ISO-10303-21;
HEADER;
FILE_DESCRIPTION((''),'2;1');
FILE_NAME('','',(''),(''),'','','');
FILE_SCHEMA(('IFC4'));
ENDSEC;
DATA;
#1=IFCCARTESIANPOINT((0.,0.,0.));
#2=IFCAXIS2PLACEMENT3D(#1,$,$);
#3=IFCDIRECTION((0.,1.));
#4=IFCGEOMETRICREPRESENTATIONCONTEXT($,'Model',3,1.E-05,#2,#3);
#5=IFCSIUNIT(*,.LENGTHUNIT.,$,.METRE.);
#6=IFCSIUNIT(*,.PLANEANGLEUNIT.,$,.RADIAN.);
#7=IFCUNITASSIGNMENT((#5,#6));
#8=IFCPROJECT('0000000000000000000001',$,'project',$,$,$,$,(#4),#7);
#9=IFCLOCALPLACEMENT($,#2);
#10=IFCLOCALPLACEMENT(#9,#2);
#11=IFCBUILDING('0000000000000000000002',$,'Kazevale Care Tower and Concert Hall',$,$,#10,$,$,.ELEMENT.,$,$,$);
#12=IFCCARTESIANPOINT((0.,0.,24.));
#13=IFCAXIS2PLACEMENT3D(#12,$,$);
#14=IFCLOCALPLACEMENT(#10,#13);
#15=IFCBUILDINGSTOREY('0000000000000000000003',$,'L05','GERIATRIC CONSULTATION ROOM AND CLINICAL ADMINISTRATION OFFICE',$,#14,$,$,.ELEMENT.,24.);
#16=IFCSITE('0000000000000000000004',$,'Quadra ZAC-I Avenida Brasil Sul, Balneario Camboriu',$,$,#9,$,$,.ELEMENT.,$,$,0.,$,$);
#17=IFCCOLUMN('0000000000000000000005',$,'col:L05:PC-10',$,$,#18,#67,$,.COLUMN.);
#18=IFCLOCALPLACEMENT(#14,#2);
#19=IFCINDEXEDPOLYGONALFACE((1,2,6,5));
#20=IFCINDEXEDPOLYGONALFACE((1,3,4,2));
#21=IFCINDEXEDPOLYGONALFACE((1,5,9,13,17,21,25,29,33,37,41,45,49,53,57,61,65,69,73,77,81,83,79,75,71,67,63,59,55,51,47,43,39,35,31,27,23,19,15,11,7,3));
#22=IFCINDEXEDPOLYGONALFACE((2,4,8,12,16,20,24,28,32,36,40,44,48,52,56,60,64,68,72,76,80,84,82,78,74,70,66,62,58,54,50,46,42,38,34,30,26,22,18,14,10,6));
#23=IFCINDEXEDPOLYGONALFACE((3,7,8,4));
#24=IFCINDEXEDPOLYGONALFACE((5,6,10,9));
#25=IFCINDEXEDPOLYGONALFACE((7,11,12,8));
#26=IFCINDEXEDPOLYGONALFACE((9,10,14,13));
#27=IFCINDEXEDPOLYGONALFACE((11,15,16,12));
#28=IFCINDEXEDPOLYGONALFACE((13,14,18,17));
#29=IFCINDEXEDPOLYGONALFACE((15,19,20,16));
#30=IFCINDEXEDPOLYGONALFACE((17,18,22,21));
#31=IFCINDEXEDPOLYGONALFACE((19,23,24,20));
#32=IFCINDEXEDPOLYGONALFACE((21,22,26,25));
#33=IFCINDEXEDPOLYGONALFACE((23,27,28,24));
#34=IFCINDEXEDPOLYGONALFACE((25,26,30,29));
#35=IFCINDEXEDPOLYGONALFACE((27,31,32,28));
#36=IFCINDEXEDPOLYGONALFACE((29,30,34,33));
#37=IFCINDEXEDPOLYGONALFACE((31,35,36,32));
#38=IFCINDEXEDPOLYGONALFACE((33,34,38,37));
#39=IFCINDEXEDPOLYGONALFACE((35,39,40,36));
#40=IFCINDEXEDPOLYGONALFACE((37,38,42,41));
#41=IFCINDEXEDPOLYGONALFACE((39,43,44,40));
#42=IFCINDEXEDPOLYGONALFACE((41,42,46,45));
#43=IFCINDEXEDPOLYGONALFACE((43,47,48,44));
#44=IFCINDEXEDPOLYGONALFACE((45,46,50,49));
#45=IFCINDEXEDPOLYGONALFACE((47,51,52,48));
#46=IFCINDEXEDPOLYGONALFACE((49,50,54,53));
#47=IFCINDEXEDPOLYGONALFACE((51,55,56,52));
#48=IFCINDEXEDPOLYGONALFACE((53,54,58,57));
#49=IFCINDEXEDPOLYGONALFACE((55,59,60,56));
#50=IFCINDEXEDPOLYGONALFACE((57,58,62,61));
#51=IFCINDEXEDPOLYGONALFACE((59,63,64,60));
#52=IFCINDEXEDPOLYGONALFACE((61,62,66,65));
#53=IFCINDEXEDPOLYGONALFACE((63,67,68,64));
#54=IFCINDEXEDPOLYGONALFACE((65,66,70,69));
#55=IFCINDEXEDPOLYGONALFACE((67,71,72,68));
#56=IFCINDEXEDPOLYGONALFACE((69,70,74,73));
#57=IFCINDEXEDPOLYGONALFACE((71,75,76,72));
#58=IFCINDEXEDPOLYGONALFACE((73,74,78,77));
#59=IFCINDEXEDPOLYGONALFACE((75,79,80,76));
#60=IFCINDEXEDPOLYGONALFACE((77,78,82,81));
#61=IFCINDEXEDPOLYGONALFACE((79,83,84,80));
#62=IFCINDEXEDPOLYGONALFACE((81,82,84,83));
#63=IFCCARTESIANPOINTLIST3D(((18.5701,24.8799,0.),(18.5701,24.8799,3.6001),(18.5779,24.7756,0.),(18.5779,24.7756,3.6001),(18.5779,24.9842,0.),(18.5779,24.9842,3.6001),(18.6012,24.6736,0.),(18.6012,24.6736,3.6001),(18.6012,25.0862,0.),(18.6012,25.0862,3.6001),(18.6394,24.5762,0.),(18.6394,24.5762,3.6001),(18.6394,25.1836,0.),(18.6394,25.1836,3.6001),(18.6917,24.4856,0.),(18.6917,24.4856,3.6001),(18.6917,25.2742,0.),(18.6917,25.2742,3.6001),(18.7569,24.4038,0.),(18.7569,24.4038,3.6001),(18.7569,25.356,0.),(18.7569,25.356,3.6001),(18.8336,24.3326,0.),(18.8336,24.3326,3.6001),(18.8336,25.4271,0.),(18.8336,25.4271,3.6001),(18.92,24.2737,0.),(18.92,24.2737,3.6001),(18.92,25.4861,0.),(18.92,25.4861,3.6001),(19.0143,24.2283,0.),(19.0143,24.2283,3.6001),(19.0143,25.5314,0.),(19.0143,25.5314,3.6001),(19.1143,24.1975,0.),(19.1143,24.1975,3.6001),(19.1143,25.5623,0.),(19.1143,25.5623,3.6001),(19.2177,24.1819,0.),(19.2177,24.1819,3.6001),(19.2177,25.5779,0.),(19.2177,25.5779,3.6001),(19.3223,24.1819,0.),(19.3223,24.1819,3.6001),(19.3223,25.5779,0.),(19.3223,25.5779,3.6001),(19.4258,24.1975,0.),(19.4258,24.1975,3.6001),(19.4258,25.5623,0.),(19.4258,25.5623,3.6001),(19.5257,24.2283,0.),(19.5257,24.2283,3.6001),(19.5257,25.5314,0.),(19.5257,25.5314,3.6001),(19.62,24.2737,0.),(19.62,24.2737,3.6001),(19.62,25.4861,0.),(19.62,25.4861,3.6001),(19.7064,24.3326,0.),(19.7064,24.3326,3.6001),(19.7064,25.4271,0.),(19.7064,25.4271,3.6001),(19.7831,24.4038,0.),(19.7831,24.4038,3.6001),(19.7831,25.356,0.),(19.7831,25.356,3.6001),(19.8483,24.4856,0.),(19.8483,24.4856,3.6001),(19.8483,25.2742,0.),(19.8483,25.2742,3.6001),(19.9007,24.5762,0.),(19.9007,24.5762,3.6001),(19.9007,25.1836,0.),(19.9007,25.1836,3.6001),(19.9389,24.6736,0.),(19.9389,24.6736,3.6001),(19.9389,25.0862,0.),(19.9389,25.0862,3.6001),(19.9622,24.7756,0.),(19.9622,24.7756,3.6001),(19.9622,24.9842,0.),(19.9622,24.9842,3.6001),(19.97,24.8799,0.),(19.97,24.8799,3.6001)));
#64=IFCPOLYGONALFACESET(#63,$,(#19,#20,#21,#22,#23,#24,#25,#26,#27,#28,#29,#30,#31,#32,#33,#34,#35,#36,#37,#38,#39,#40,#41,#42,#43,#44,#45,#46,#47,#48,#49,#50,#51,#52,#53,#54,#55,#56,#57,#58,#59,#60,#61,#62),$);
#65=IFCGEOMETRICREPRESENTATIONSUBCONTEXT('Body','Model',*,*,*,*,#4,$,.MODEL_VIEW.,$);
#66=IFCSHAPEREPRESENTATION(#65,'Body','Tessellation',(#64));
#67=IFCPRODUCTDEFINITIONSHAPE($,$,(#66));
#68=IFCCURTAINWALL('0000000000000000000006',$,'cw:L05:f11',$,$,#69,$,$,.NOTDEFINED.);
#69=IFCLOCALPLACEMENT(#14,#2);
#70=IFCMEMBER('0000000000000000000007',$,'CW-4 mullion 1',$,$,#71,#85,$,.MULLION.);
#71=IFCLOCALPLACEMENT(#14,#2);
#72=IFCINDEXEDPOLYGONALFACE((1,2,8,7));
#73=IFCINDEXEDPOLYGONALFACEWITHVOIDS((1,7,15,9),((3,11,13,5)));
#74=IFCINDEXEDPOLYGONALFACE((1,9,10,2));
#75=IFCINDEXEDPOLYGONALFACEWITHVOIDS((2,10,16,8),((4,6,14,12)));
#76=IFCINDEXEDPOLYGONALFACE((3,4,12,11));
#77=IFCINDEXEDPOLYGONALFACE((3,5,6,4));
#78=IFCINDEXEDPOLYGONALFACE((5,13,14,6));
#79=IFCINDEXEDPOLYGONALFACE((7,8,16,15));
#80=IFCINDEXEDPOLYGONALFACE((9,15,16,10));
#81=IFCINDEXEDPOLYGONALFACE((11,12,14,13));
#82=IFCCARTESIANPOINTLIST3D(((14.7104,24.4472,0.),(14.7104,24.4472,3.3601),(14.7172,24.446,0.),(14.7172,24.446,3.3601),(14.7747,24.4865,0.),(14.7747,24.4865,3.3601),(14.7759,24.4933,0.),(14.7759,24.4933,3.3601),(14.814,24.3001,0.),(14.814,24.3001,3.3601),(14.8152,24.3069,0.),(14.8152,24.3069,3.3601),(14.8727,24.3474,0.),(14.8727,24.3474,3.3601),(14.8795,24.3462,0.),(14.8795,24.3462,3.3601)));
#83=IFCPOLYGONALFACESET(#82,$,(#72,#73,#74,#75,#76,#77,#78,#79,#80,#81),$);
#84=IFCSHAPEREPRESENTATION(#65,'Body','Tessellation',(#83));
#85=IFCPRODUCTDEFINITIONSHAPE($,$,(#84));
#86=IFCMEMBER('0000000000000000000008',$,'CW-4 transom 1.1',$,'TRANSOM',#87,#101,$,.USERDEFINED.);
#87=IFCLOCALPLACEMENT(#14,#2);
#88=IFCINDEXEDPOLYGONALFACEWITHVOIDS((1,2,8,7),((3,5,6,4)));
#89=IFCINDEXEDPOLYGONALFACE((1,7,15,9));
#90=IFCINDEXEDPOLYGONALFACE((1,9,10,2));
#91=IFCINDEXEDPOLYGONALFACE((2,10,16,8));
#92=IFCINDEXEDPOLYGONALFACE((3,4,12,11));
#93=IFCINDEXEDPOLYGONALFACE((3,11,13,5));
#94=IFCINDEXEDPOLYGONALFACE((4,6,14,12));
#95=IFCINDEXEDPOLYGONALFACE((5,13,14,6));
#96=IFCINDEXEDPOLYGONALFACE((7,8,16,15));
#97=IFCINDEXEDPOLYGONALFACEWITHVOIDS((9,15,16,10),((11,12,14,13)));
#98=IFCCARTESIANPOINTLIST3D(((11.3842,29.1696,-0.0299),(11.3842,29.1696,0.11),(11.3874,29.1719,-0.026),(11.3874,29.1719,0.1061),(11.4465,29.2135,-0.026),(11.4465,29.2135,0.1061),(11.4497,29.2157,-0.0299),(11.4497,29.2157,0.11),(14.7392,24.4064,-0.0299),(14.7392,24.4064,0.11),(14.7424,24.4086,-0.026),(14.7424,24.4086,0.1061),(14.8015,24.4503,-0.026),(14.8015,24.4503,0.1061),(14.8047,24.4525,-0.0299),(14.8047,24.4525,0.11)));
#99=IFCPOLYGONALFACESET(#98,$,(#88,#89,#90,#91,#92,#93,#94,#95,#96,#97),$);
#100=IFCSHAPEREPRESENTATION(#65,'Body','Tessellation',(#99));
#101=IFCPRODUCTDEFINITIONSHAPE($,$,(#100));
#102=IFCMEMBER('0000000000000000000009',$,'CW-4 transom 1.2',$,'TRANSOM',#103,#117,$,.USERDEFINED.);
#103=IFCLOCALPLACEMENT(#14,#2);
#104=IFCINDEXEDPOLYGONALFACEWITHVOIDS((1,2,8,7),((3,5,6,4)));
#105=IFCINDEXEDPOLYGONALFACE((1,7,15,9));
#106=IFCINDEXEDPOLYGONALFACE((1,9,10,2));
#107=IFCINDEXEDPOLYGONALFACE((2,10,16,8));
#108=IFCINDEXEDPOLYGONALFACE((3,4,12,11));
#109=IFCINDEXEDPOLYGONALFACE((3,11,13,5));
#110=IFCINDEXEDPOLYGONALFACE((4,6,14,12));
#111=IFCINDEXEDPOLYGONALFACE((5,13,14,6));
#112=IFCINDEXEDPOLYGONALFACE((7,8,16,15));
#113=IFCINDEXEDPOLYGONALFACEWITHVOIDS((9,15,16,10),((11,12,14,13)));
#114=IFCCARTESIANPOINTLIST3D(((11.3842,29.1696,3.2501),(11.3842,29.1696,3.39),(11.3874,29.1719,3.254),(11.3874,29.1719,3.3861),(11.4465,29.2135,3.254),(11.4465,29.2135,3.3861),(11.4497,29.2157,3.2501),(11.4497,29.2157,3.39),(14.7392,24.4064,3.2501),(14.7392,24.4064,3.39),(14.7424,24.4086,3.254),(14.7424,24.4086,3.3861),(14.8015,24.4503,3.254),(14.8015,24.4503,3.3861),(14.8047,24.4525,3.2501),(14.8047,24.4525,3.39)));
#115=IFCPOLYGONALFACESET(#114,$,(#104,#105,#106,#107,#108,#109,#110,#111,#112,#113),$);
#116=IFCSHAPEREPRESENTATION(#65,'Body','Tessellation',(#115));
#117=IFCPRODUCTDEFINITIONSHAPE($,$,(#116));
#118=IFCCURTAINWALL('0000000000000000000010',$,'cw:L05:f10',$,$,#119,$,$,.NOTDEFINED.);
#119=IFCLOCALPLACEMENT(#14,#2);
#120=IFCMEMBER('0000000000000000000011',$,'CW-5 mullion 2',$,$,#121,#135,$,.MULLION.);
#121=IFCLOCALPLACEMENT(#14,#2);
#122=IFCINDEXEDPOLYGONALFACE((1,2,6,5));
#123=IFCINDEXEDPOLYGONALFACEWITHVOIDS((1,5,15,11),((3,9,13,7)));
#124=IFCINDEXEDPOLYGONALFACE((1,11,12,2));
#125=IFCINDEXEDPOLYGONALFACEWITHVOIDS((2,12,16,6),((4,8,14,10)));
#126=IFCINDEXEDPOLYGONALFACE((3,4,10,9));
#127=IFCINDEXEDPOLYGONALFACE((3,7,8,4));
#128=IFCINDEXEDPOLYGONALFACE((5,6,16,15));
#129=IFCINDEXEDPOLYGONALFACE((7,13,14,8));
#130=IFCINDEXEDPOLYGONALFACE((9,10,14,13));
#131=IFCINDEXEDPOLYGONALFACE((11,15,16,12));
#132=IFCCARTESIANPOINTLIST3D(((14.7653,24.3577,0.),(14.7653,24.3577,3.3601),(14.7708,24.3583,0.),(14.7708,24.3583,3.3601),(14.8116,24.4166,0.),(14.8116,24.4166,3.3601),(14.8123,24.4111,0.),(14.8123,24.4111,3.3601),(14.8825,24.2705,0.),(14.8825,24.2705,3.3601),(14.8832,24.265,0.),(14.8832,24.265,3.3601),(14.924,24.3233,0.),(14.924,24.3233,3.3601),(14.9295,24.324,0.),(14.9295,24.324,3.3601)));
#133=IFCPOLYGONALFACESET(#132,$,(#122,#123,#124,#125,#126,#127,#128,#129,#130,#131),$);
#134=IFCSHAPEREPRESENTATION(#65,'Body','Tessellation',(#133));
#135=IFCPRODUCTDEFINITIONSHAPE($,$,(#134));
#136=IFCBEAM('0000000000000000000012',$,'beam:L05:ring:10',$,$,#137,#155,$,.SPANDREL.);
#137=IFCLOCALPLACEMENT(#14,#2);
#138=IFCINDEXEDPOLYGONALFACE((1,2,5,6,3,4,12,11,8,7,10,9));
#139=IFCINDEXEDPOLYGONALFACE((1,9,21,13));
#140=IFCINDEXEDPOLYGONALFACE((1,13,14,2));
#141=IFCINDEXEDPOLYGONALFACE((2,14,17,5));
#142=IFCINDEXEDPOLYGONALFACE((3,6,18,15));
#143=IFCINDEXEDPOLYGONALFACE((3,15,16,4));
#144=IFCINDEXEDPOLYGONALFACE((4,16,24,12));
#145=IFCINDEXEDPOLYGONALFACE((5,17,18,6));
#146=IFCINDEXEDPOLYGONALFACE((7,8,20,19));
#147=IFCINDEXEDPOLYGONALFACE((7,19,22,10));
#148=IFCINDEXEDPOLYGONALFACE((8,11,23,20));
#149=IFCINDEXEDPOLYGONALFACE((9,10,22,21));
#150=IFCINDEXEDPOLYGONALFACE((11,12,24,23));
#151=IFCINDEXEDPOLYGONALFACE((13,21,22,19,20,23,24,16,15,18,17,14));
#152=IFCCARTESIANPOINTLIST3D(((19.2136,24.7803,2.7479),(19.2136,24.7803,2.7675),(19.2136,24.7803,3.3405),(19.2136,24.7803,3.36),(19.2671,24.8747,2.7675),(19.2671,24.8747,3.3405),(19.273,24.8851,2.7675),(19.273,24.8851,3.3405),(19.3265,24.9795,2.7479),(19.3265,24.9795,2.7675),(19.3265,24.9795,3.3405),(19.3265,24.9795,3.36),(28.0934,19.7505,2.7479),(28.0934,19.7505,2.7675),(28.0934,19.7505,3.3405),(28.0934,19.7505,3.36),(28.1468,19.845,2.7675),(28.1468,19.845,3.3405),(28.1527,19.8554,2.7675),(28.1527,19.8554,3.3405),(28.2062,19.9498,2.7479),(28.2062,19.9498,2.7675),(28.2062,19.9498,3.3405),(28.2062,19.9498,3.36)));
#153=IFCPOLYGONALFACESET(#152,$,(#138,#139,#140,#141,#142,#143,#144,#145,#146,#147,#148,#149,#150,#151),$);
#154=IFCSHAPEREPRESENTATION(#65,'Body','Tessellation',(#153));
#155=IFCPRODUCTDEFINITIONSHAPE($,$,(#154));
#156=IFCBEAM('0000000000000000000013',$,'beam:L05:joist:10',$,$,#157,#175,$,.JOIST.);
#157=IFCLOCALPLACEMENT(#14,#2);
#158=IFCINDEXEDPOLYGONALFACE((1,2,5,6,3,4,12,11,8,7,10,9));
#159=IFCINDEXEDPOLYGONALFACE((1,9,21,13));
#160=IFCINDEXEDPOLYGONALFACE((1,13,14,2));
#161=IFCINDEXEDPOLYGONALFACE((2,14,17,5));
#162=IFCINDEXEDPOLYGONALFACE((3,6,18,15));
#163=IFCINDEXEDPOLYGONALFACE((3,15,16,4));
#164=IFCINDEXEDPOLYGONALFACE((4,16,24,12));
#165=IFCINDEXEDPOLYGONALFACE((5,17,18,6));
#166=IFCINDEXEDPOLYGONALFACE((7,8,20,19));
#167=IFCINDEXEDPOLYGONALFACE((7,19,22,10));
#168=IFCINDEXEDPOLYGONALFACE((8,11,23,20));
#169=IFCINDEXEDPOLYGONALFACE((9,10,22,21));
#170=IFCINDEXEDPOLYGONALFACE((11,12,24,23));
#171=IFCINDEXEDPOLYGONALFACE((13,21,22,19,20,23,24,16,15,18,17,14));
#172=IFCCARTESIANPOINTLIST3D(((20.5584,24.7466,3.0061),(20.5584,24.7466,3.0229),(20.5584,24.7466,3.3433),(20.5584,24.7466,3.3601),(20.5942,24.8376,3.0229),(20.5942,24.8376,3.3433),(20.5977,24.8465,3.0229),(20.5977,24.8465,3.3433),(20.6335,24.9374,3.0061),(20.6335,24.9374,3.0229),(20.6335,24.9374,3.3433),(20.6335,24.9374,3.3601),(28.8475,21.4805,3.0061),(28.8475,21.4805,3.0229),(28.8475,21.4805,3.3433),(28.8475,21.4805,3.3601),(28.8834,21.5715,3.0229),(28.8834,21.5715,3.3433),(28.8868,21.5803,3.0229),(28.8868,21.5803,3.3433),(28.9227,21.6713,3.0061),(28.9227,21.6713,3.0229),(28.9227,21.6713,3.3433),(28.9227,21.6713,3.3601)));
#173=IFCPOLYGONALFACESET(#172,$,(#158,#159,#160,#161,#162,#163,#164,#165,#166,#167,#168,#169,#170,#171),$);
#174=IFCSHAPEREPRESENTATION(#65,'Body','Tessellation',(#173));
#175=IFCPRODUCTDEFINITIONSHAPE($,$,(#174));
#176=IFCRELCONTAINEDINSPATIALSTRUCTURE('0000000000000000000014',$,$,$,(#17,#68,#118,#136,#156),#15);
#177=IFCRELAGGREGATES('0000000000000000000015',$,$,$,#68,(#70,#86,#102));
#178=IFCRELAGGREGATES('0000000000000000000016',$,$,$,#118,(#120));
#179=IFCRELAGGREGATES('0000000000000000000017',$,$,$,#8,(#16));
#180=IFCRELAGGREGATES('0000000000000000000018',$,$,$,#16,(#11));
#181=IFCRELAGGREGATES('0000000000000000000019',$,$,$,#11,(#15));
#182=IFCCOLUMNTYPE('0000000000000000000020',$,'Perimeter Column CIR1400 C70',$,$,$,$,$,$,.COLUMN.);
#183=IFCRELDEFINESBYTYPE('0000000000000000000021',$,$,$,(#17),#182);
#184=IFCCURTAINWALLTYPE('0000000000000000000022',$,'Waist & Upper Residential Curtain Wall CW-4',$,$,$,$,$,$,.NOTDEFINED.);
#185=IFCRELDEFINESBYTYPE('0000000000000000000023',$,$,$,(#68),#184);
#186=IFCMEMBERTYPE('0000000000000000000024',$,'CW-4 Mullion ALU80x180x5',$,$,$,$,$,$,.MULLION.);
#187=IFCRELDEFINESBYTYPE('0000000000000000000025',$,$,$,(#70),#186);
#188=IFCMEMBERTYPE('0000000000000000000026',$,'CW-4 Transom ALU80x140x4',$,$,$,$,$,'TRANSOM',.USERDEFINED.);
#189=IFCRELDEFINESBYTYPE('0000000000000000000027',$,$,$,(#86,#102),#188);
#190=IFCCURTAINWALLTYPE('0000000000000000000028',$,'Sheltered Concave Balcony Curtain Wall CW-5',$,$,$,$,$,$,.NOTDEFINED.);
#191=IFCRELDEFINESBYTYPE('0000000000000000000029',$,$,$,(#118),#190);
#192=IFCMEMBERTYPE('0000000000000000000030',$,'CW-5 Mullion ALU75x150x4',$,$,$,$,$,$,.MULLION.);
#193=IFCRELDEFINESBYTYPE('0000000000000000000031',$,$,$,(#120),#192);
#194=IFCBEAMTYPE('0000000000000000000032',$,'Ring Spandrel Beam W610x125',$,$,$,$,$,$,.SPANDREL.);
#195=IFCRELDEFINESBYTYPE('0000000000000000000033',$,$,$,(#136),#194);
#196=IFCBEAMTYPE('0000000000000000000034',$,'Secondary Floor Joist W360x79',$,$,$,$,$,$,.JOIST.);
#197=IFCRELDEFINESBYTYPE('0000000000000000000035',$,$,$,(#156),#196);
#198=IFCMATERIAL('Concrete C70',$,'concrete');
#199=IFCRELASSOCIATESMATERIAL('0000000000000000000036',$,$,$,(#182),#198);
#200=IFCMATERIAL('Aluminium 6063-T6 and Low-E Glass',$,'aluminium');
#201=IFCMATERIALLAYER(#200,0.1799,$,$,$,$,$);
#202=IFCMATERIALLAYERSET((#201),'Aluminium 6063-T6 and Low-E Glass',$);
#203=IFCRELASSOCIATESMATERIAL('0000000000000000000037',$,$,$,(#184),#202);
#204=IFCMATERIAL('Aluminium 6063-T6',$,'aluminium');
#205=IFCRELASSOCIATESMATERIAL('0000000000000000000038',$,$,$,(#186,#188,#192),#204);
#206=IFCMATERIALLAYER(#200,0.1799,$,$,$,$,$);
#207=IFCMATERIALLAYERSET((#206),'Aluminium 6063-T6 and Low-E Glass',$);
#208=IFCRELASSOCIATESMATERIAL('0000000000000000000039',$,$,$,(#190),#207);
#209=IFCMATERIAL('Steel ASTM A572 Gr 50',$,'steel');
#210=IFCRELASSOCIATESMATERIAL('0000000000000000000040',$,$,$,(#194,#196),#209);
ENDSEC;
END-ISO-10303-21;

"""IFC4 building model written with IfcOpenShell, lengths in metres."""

from ifc_helpers import new_model, si_unit, direction, frame, origin, origin_2d, place, context, subcontext, project, spatial, hollow_rectangle, circle, i_section, extrude, material, layer, layer_set, material_profile, profile_set, type_object, element, aggregate, save


model = new_model("IFC4")

# Units and contexts
model_context = context("Model", 3, precision=1e-05, world=origin(), true_north=direction((0.0, 1.0)))
body_context = subcontext(model_context, "Body", "Model", "MODEL_VIEW")
ifc_project = project(units=[si_unit("LENGTHUNIT", "METRE"), si_unit("PLANEANGLEUNIT", "RADIAN")], contexts=[model_context])

# Site, building, storey
site_placement = place(None, origin())
site = spatial("IfcSite", under=ifc_project, at=site_placement, Name="Quadra ZAC-I Avenida Brasil Sul, Balneario Camboriu", CompositionType="ELEMENT", RefElevation=0.0)
building_placement = place(site_placement, origin())
building = spatial("IfcBuilding", under=site, at=building_placement, Name="Kazevale Care Tower and Concert Hall", CompositionType="ELEMENT")
storey_placement = place(building_placement, frame((0.0, 0.0, 24.0)))
storey = spatial("IfcBuildingStorey", under=building, at=storey_placement, Name="L05", Description="GERIATRIC CONSULTATION ROOM AND CLINICAL ADMINISTRATION OFFICE", CompositionType="ELEMENT", Elevation=24.0)

# Column
ifc_material_1 = material(Name="Concrete C70", Category="concrete")
ifc_material_profile_1 = material_profile(ifc_material_1, circle(Radius=0.7, at=origin_2d()), Name="RC-CIR1400")
ifc_profile_set_1 = profile_set([ifc_material_profile_1], Name="Concrete C70")
column_type = type_object("IfcColumnType", Name="Perimeter Column CIR1400 C70", PredefinedType="COLUMN", material=ifc_profile_set_1)
column_placement = place(storey_placement, frame((19.27, 24.8799, 0.0), z_axis=(0.0, 0.0, 1.0), x_axis=(1.0, 0.0, 0.0)))
element("IfcColumn", 1, at=column_placement, inside=storey, type_object=column_type, Name="col:L05:PC-10", PredefinedType="COLUMN", context=body_context, shape_type="SweptSolid", body=[
    extrude(circle(Radius=0.7, at=origin_2d()), origin(), (0.0, 0.0, 1.0), 3.6001),
])

# Curtain wall, members
ifc_material_2 = material(Name="Aluminium 6063-T6 and Low-E Glass", Category="aluminium")
ifc_layer_1 = layer(ifc_material_2, 0.1799)
ifc_layer_set_1 = layer_set([ifc_layer_1], Name="Aluminium 6063-T6 and Low-E Glass")
curtain_wall_type_1 = type_object("IfcCurtainWallType", Name="Waist & Upper Residential Curtain Wall CW-4", PredefinedType="NOTDEFINED", material=ifc_layer_set_1)
curtain_wall_1_placement = place(storey_placement, origin())
curtain_wall_1 = element("IfcCurtainWall", 2, at=curtain_wall_1_placement, inside=storey, type_object=curtain_wall_type_1, Name="cw:L05:f11", PredefinedType="NOTDEFINED")
ifc_material_3 = material(Name="Aluminium 6063-T6", Category="aluminium")
ifc_material_profile_2 = material_profile(ifc_material_3, hollow_rectangle(XDim=0.0801, YDim=0.1799, WallThickness=0.0049, at=origin_2d()), Name="ALU80x180x5")
ifc_profile_set_2 = profile_set([ifc_material_profile_2], Name="Aluminium 6063-T6")
member_type_1 = type_object("IfcMemberType", Name="CW-4 Mullion ALU80x180x5", PredefinedType="MULLION", material=ifc_profile_set_2)
member_1_placement = place(storey_placement, frame((14.7949, 24.3967, 0.0), z_axis=(0.0, 0.0, 1.0), x_axis=(-0.817565, -0.575837, 0.0)))
member_1 = element("IfcMember", 3, at=member_1_placement, type_object=member_type_1, Name="CW-4 mullion 1", PredefinedType="MULLION", context=body_context, shape_type="SweptSolid", body=[
    extrude(hollow_rectangle(XDim=0.0801, YDim=0.1799, WallThickness=0.0049, at=origin_2d()), origin(), (0.0, 0.0, 1.0), 3.3601),
])
ifc_material_profile_3 = material_profile(ifc_material_3, hollow_rectangle(XDim=0.0801, YDim=0.1399, WallThickness=0.0039, at=origin_2d()), Name="ALU80x140x4")
ifc_profile_set_3 = profile_set([ifc_material_profile_3], Name="Aluminium 6063-T6")
member_type_2 = type_object("IfcMemberType", Name="CW-4 Transom ALU80x140x4", ElementType="TRANSOM", PredefinedType="USERDEFINED", material=ifc_profile_set_3)
member_2_placement = place(storey_placement, frame((14.772, 24.4294, 0.04), z_axis=(-0.57585, 0.817555, 0.0), x_axis=(-0.817555, -0.57585, 0.0)))
member_2 = element("IfcMember", 4, at=member_2_placement, type_object=member_type_2, Name="CW-4 transom 1.1", ObjectType="TRANSOM", PredefinedType="USERDEFINED", context=body_context, shape_type="SweptSolid", body=[
    extrude(hollow_rectangle(XDim=0.0801, YDim=0.1399, WallThickness=0.0039, at=origin_2d()), origin(), (0.0, 0.0, 1.0), 5.8262),
])
member_3_placement = place(storey_placement, frame((14.772, 24.4294, 3.3201), z_axis=(-0.57585, 0.817555, 0.0), x_axis=(-0.817555, -0.57585, 0.0)))
member_3 = element("IfcMember", 5, at=member_3_placement, type_object=member_type_2, Name="CW-4 transom 1.2", ObjectType="TRANSOM", PredefinedType="USERDEFINED", context=body_context, shape_type="SweptSolid", body=[
    extrude(hollow_rectangle(XDim=0.0801, YDim=0.1399, WallThickness=0.0039, at=origin_2d()), origin(), (0.0, 0.0, 1.0), 5.8262),
])

# Curtain wall, member
ifc_layer_2 = layer(ifc_material_2, 0.1799)
ifc_layer_set_2 = layer_set([ifc_layer_2], Name="Aluminium 6063-T6 and Low-E Glass")
curtain_wall_type_2 = type_object("IfcCurtainWallType", Name="Sheltered Concave Balcony Curtain Wall CW-5", PredefinedType="NOTDEFINED", material=ifc_layer_set_2)
curtain_wall_2_placement = place(storey_placement, origin())
curtain_wall_2 = element("IfcCurtainWall", 6, at=curtain_wall_2_placement, inside=storey, type_object=curtain_wall_type_2, Name="cw:L05:f10", PredefinedType="NOTDEFINED")
ifc_material_profile_4 = material_profile(ifc_material_3, hollow_rectangle(XDim=0.075, YDim=0.1499, WallThickness=0.0039, at=origin_2d()), Name="ALU75x150x4")
ifc_profile_set_4 = profile_set([ifc_material_profile_4], Name="Aluminium 6063-T6")
member_type_3 = type_object("IfcMemberType", Name="CW-5 Mullion ALU75x150x4", PredefinedType="MULLION", material=ifc_profile_set_4)
member_4_placement = place(storey_placement, frame((14.8474, 24.3408, 0.0), z_axis=(0.0, 0.0, 1.0), x_axis=(-0.617808, -0.786329, 0.0)))
member_4 = element("IfcMember", 7, at=member_4_placement, type_object=member_type_3, Name="CW-5 mullion 2", PredefinedType="MULLION", context=body_context, shape_type="SweptSolid", body=[
    extrude(hollow_rectangle(XDim=0.075, YDim=0.1499, WallThickness=0.0039, at=origin_2d()), origin(), (0.0, 0.0, 1.0), 3.3601),
])

# Beams
ifc_material_4 = material(Name="Steel ASTM A572 Gr 50", Category="steel")
ifc_material_profile_5 = material_profile(ifc_material_4, i_section(OverallWidth=0.229, OverallDepth=0.6121, WebThickness=0.012, FlangeThickness=0.0195, at=origin_2d()), Name="W610x125")
ifc_profile_set_5 = profile_set([ifc_material_profile_5], Name="Steel ASTM A572 Gr 50")
beam_type_1 = type_object("IfcBeamType", Name="Ring Spandrel Beam W610x125", PredefinedType="SPANDREL", material=ifc_profile_set_5)
beam_1_placement = place(storey_placement, frame((19.27, 24.8799, 3.054), z_axis=(0.870112, -0.492853, 0.0), x_axis=(0.492853, 0.870112, 0.0)))
element("IfcBeam", 8, at=beam_1_placement, inside=storey, type_object=beam_type_1, Name="beam:L05:ring:10", PredefinedType="SPANDREL", context=body_context, shape_type="SweptSolid", body=[
    extrude(i_section(OverallWidth=0.229, OverallDepth=0.6121, WebThickness=0.012, FlangeThickness=0.0195, at=origin_2d()), origin(), (0.0, 0.0, 1.0), 10.2053),
])
ifc_material_profile_6 = material_profile(ifc_material_4, i_section(OverallWidth=0.2051, OverallDepth=0.354, WebThickness=0.0095, FlangeThickness=0.0168, at=origin_2d()), Name="W360x79")
ifc_profile_set_6 = profile_set([ifc_material_profile_6], Name="Steel ASTM A572 Gr 50")
beam_type_2 = type_object("IfcBeamType", Name="Secondary Floor Joist W360x79", PredefinedType="JOIST", material=ifc_profile_set_6)
beam_2_placement = place(storey_placement, frame((20.5959, 24.842, 3.1831), z_axis=(0.930381, -0.366595, 0.0), x_axis=(0.366595, 0.930381, 0.0)))
element("IfcBeam", 9, at=beam_2_placement, inside=storey, type_object=beam_type_2, Name="beam:L05:joist:10", PredefinedType="JOIST", context=body_context, shape_type="SweptSolid", body=[
    extrude(i_section(OverallWidth=0.2051, OverallDepth=0.354, WebThickness=0.0095, FlangeThickness=0.0168, at=origin_2d()), origin(), (0.0, 0.0, 1.0), 8.9094),
])

aggregate(curtain_wall_1, [member_1, member_2, member_3])
aggregate(curtain_wall_2, [member_4])

save(model, "model.ifc")
